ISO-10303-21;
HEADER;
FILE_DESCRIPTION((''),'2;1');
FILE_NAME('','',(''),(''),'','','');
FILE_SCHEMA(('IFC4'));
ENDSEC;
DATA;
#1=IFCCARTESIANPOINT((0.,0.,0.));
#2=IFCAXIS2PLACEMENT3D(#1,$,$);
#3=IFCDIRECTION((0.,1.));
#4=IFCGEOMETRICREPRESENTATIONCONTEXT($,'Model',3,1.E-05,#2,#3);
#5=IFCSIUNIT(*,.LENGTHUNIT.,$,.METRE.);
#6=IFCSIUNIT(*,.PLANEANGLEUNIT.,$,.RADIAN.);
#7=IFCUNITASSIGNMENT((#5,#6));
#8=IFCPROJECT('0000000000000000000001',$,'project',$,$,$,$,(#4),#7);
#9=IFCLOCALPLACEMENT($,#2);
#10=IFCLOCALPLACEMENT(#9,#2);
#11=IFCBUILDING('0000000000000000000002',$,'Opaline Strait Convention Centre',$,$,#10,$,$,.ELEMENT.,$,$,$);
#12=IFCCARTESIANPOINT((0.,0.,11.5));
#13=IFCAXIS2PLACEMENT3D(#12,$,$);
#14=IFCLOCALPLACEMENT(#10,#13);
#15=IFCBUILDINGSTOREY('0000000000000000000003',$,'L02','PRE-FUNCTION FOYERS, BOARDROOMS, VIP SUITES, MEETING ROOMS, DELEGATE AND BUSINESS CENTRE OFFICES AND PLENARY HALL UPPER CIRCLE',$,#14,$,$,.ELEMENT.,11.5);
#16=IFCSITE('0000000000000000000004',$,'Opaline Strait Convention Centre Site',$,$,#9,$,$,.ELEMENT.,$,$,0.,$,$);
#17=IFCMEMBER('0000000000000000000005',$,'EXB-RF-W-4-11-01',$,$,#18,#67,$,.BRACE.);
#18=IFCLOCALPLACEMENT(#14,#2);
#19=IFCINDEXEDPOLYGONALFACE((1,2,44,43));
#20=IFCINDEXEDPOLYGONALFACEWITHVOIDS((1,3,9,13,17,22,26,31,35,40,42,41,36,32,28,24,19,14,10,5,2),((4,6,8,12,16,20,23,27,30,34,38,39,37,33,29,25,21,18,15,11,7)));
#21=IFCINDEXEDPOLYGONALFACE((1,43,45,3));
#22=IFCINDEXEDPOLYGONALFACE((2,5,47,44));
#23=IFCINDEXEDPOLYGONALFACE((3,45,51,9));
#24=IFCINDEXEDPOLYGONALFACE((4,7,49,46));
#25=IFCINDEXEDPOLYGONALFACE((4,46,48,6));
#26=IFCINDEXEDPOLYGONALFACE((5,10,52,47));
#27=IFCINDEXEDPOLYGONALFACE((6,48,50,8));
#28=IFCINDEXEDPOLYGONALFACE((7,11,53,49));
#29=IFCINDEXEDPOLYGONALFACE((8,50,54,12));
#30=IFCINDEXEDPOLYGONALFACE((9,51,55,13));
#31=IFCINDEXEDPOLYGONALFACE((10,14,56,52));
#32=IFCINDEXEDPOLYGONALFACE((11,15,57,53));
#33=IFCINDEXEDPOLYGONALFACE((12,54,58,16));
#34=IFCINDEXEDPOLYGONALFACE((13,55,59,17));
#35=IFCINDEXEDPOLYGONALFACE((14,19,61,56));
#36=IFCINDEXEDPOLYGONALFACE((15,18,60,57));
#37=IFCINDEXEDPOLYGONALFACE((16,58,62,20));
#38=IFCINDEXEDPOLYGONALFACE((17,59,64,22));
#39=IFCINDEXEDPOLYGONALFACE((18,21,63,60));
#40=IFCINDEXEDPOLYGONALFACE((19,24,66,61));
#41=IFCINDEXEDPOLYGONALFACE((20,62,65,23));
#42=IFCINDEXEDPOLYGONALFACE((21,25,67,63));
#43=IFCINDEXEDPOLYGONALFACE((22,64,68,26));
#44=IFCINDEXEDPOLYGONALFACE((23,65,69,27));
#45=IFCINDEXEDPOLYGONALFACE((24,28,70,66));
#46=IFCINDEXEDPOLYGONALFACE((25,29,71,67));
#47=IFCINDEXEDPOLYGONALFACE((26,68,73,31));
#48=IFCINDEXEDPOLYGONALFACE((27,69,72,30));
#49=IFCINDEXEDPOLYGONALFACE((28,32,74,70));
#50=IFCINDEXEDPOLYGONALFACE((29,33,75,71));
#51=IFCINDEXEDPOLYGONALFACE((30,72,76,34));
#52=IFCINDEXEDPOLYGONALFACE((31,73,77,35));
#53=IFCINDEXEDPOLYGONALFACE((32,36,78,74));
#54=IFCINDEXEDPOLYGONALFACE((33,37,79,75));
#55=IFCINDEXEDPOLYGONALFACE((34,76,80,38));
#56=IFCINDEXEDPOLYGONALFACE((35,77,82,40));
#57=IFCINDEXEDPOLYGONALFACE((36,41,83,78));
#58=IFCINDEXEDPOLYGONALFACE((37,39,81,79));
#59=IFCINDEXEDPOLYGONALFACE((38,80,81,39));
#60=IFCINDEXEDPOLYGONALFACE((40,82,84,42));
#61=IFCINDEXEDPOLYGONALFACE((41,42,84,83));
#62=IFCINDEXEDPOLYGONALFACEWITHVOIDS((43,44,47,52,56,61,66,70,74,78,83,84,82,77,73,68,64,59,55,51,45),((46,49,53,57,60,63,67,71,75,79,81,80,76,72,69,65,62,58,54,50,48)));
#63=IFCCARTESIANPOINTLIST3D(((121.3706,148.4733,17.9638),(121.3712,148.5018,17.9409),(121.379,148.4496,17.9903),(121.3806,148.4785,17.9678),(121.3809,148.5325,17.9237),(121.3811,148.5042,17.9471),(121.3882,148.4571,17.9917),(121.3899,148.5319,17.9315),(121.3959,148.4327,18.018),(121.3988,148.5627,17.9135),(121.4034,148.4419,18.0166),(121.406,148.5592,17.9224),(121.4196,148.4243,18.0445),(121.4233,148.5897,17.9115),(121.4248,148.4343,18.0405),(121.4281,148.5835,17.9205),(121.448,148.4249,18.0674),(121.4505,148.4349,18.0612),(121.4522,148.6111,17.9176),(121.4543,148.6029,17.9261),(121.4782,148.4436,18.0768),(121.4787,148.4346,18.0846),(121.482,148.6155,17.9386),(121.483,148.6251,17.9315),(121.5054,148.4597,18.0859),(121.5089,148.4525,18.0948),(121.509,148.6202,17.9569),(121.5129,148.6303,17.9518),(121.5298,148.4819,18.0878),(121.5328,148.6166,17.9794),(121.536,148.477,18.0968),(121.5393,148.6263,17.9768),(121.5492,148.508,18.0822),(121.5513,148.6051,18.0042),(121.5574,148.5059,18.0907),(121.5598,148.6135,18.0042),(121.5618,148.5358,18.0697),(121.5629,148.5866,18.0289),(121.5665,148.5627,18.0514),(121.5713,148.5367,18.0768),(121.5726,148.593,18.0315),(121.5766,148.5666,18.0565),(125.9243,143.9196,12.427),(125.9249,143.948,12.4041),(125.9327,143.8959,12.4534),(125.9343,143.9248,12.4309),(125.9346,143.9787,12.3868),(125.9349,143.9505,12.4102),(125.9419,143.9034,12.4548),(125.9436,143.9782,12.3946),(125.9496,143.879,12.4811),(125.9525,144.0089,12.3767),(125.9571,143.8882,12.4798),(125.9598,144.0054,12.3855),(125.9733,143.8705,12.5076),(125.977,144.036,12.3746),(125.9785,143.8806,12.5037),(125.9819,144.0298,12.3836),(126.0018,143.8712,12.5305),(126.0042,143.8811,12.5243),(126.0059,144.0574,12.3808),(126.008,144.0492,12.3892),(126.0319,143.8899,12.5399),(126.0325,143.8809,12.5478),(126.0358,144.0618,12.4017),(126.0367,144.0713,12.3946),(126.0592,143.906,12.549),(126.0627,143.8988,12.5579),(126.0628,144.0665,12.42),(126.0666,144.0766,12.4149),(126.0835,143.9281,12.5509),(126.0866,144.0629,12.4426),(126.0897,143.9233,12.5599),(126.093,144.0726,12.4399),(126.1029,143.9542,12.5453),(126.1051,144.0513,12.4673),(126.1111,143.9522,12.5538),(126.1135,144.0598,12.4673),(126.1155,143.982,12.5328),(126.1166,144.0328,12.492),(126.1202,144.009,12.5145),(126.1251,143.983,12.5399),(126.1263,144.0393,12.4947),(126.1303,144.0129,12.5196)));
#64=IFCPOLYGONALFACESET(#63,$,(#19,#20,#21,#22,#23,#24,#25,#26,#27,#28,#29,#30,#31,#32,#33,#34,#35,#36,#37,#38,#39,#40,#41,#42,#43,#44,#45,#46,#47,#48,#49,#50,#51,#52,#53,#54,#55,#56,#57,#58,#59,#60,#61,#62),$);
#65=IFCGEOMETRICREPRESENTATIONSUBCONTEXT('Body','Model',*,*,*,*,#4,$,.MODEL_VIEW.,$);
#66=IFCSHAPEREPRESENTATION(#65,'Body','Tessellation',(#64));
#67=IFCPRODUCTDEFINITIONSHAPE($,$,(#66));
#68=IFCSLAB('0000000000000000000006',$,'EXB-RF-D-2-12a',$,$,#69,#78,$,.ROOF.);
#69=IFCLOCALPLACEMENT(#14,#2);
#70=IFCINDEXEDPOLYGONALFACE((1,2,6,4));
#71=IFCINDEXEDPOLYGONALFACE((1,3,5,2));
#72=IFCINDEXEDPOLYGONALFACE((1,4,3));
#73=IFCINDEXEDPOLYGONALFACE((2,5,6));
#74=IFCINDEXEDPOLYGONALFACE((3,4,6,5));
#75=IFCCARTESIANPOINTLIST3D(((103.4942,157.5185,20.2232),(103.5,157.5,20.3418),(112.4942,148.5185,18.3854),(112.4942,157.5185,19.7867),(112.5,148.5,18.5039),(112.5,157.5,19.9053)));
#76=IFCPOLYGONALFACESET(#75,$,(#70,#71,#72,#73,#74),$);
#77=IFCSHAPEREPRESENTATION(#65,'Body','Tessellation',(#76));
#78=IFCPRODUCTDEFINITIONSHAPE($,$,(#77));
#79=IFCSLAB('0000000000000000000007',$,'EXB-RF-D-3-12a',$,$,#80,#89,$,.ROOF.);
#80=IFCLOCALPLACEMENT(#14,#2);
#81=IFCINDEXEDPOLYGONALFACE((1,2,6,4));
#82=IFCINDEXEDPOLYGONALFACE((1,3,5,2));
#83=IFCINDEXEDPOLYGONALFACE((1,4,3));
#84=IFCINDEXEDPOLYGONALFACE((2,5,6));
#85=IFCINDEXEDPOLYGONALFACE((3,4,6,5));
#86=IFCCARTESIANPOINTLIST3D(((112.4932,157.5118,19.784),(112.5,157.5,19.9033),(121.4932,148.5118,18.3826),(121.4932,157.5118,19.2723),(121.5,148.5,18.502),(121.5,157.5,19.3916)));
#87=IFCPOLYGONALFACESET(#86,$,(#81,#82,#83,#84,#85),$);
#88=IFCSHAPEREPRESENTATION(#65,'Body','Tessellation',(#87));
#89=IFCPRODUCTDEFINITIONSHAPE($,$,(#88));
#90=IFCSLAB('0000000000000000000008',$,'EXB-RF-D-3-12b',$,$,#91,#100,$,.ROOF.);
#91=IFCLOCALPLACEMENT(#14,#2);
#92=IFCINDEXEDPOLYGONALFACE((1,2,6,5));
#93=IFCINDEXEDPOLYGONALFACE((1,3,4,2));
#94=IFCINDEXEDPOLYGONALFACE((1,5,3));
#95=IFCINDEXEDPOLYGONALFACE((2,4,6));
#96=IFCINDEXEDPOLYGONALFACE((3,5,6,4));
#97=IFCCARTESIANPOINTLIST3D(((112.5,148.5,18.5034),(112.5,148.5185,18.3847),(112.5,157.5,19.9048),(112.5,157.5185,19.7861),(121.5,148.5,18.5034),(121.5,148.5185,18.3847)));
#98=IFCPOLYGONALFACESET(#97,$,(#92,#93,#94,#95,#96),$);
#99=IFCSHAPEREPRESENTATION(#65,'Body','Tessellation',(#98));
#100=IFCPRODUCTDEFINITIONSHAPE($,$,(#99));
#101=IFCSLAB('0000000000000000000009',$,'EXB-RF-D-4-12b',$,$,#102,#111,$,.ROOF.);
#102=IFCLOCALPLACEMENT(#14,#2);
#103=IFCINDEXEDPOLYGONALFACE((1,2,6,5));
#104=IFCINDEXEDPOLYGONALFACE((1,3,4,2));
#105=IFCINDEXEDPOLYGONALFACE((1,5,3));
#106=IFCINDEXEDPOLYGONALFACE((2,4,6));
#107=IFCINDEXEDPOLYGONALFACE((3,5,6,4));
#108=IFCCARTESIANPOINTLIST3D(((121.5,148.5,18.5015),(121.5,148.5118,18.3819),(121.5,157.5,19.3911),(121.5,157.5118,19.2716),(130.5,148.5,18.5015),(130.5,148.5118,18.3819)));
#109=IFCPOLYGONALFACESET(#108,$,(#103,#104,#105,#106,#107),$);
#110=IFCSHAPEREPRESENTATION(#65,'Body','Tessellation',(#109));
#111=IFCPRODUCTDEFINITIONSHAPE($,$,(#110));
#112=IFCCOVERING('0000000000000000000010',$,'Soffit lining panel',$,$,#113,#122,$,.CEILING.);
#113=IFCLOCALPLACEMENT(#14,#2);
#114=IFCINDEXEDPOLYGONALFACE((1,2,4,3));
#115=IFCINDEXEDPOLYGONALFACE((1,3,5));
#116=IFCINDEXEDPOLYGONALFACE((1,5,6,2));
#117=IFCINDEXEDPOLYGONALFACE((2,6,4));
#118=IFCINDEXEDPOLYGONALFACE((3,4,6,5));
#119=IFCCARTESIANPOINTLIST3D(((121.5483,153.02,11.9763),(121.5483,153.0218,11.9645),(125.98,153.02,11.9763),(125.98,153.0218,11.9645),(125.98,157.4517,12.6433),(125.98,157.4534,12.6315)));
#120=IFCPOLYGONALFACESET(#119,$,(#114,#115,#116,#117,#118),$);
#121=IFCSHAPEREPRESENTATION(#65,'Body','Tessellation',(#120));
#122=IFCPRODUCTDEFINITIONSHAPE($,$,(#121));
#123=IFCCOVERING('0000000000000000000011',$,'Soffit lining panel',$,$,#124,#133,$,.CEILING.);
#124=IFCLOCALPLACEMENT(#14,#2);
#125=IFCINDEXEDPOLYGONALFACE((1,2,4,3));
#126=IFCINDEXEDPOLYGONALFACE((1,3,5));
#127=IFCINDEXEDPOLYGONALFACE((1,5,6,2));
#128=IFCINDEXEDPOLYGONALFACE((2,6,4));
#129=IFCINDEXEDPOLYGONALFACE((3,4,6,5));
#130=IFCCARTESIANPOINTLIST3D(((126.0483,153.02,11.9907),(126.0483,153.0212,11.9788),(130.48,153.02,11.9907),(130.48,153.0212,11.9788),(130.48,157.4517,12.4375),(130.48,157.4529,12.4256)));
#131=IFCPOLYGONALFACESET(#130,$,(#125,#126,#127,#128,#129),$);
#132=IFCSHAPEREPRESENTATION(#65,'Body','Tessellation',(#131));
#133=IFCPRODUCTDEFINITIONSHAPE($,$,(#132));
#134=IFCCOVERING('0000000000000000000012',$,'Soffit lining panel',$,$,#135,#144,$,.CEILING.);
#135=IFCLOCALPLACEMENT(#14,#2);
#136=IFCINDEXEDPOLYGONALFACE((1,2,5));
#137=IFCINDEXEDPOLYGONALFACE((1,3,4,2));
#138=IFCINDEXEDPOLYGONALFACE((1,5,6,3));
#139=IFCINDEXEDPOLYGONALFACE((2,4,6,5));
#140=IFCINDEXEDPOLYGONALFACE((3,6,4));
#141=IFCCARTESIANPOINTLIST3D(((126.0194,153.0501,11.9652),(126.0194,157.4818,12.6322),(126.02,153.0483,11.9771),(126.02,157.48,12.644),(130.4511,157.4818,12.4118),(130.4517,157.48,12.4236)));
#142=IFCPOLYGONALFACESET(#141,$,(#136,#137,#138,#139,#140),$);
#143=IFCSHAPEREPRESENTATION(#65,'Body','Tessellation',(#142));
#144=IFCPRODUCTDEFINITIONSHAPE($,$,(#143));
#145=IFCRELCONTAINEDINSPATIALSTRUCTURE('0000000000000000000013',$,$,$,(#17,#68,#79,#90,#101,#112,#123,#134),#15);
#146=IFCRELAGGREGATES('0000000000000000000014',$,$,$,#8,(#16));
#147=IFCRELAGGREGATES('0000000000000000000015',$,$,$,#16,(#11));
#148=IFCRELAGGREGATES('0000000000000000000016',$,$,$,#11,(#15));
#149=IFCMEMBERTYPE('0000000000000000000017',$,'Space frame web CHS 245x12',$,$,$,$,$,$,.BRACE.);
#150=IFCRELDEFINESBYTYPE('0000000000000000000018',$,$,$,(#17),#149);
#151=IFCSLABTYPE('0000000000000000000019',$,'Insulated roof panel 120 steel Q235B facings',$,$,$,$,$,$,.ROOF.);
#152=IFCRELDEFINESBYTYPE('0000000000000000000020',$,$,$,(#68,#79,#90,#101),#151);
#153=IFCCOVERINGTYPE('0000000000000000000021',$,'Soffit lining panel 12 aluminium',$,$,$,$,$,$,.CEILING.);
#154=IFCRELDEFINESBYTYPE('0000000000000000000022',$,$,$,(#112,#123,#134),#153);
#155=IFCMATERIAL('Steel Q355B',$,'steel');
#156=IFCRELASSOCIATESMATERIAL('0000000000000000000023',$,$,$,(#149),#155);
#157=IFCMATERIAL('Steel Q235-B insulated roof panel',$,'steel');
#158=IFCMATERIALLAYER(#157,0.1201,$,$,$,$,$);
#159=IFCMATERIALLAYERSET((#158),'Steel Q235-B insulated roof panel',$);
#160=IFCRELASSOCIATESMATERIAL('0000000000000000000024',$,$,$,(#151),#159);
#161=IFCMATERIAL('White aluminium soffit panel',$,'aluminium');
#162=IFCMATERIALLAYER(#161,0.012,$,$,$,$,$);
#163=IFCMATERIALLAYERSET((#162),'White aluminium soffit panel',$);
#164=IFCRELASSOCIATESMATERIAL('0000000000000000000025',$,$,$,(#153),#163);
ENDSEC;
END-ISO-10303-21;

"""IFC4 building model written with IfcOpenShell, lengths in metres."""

from ifc_helpers import new_model, si_unit, direction, frame, origin, origin_2d, place, context, subcontext, project, spatial, polyline, hollow_circle, outline, extrude, material, layer, layer_set, material_profile, profile_set, type_object, element, save


model = new_model("IFC4")

# Units and contexts
model_context = context("Model", 3, precision=1e-05, world=origin(), true_north=direction((0.0, 1.0)))
body_context = subcontext(model_context, "Body", "Model", "MODEL_VIEW")
ifc_project = project(units=[si_unit("LENGTHUNIT", "METRE"), si_unit("PLANEANGLEUNIT", "RADIAN")], contexts=[model_context])

# Site, building, storey
site_placement = place(None, origin())
site = spatial("IfcSite", under=ifc_project, at=site_placement, Name="Opaline Strait Convention Centre Site", CompositionType="ELEMENT", RefElevation=0.0)
building_placement = place(site_placement, origin())
building = spatial("IfcBuilding", under=site, at=building_placement, Name="Opaline Strait Convention Centre", CompositionType="ELEMENT")
storey_placement = place(building_placement, frame((0.0, 0.0, 11.5)))
storey = spatial("IfcBuildingStorey", under=building, at=storey_placement, Name="L02", Description="PRE-FUNCTION FOYERS, BOARDROOMS, VIP SUITES, MEETING ROOMS, DELEGATE AND BUSINESS CENTRE OFFICES AND PLENARY HALL UPPER CIRCLE", CompositionType="ELEMENT", Elevation=11.5)

# Member
ifc_material_1 = material(Name="Steel Q355B", Category="steel")
ifc_material_profile_1 = material_profile(ifc_material_1, hollow_circle(Radius=0.1226, WallThickness=0.012, at=origin_2d()), Name="CHS 245x12")
ifc_profile_set_1 = profile_set([ifc_material_profile_1], Name="Steel Q355B")
member_type_1 = type_object("IfcMemberType", Name="Space frame web CHS 245x12", PredefinedType="BRACE", material=ifc_profile_set_1)
for number, where, z_axis, x_axis, name in (
    (1, (121.4731, 148.5269, 18.0042), (0.536178, -0.536178, -0.65194), (0.707107, 0.707107, 0.0), "EXB-RF-W-4-11-01"),
):
    element("IfcMember", number, at=place(storey_placement, frame(where, z_axis=z_axis, x_axis=x_axis)), inside=storey, type_object=member_type_1, Name=name, PredefinedType="BRACE", context=body_context, shape_type="SweptSolid", body=[
        extrude(hollow_circle(Radius=0.1226, WallThickness=0.012, at=origin_2d()), origin(), (0.0, 0.0, 1.0), 8.4929),
    ])

# Slabs
ifc_material_2 = material(Name="Steel Q235-B insulated roof panel", Category="steel")
ifc_layer_1 = layer(ifc_material_2, 0.1201)
ifc_layer_set_1 = layer_set([ifc_layer_1], Name="Steel Q235-B insulated roof panel")
slab_type = type_object("IfcSlabType", Name="Insulated roof panel 120 steel Q235B facings", PredefinedType="ROOF", material=ifc_layer_set_1)
slab_1_placement = place(storey_placement, frame((112.5, 148.5, 18.5039), z_axis=(0.04787, -0.153677, 0.986961), x_axis=(0.0, 0.988094, 0.153854)))
element("IfcSlab", 2, at=slab_1_placement, inside=storey, type_object=slab_type, Name="EXB-RF-D-2-12a", PredefinedType="ROOF", context=body_context, shape_type="SweptSolid", body=[
    extrude(outline(polyline([(0.0, 0.0), (9.1084, 0.0), (9.1756, 9.0103), (0.0, 0.0)])), origin(), (0.0, 0.0, -1.0), 0.1201),
])
slab_2_placement = place(storey_placement, frame((121.5, 148.5, 18.502), z_axis=(0.056492, -0.098213, 0.993561), x_axis=(0.0, 0.99515, 0.09837)))
element("IfcSlab", 3, at=slab_2_placement, inside=storey, type_object=slab_type, Name="EXB-RF-D-3-12a", PredefinedType="ROOF", context=body_context, shape_type="SweptSolid", body=[
    extrude(outline(polyline([(0.0, 0.0), (9.0439, 0.0), (9.0942, 9.0144), (0.0, 0.0)])), origin(), (0.0, 0.0, -1.0), 0.1201),
])
slab_3_placement = place(storey_placement, frame((112.5, 148.5, 18.5034), z_axis=(0.0, -0.153854, 0.988094), x_axis=(1.0, 0.0, 0.0)))
element("IfcSlab", 4, at=slab_3_placement, inside=storey, type_object=slab_type, Name="EXB-RF-D-3-12b", PredefinedType="ROOF", context=body_context, shape_type="SweptSolid", body=[
    extrude(outline(polyline([(0.0, 0.0), (9.0, 0.0), (0.0, 9.1084), (0.0, 0.0)])), origin(), (0.0, 0.0, -1.0), 0.1201),
])
slab_4_placement = place(storey_placement, frame((121.5, 148.5, 18.5015), z_axis=(0.0, -0.09837, 0.99515), x_axis=(1.0, 0.0, 0.0)))
element("IfcSlab", 5, at=slab_4_placement, inside=storey, type_object=slab_type, Name="EXB-RF-D-4-12b", PredefinedType="ROOF", context=body_context, shape_type="SweptSolid", body=[
    extrude(outline(polyline([(0.0, 0.0), (9.0, 0.0), (0.0, 9.0439), (0.0, 0.0)])), origin(), (0.0, 0.0, -1.0), 0.1201),
])

# Coverings
ifc_material_3 = material(Name="White aluminium soffit panel", Category="aluminium")
ifc_layer_2 = layer(ifc_material_3, 0.012)
ifc_layer_set_2 = layer_set([ifc_layer_2], Name="White aluminium soffit panel")
covering_type = type_object("IfcCoveringType", Name="Soffit lining panel 12 aluminium", PredefinedType="CEILING", material=ifc_layer_set_2)
covering_1_placement = place(storey_placement, frame((121.5483, 153.02, 11.9763), z_axis=(0.0, -0.148831, 0.988863), x_axis=(0.703136, 0.703136, 0.105827)))
element("IfcCovering", 6, at=covering_1_placement, inside=storey, type_object=covering_type, Name="Soffit lining panel", PredefinedType="CEILING", context=body_context, shape_type="SweptSolid", body=[
    extrude(outline(polyline([(0.0, 0.0), (6.3027, 0.0), (3.116, -3.1511), (0.0, 0.0)])), origin(), (0.0, 0.0, -1.0), 0.012),
])
covering_2_placement = place(storey_placement, frame((126.0483, 153.02, 11.9907), z_axis=(0.0, -0.100307, 0.994957), x_axis=(0.705317, 0.705317, 0.071107)))
element("IfcCovering", 7, at=covering_2_placement, inside=storey, type_object=covering_type, Name="Soffit lining panel", PredefinedType="CEILING", context=body_context, shape_type="SweptSolid", body=[
    extrude(outline(polyline([(0.0, 0.0), (6.2832, 0.0), (3.1257, -3.1416), (0.0, 0.0)])), origin(), (0.0, 0.0, -1.0), 0.012),
])
covering_3_placement = place(storey_placement, frame((126.02, 153.0483, 11.9771), z_axis=(0.049133, -0.148651, 0.987668), x_axis=(0.0, 0.988863, 0.148831)))
element("IfcCovering", 8, at=covering_3_placement, inside=storey, type_object=covering_type, Name="Soffit lining panel", PredefinedType="CEILING", context=body_context, shape_type="SweptSolid", body=[
    extrude(outline(polyline([(0.0, 0.0), (4.4816, 0.0), (4.4487, -4.437), (0.0, 0.0)])), origin(), (0.0, 0.0, -1.0), 0.012),
])

save(model, "model.ifc")
